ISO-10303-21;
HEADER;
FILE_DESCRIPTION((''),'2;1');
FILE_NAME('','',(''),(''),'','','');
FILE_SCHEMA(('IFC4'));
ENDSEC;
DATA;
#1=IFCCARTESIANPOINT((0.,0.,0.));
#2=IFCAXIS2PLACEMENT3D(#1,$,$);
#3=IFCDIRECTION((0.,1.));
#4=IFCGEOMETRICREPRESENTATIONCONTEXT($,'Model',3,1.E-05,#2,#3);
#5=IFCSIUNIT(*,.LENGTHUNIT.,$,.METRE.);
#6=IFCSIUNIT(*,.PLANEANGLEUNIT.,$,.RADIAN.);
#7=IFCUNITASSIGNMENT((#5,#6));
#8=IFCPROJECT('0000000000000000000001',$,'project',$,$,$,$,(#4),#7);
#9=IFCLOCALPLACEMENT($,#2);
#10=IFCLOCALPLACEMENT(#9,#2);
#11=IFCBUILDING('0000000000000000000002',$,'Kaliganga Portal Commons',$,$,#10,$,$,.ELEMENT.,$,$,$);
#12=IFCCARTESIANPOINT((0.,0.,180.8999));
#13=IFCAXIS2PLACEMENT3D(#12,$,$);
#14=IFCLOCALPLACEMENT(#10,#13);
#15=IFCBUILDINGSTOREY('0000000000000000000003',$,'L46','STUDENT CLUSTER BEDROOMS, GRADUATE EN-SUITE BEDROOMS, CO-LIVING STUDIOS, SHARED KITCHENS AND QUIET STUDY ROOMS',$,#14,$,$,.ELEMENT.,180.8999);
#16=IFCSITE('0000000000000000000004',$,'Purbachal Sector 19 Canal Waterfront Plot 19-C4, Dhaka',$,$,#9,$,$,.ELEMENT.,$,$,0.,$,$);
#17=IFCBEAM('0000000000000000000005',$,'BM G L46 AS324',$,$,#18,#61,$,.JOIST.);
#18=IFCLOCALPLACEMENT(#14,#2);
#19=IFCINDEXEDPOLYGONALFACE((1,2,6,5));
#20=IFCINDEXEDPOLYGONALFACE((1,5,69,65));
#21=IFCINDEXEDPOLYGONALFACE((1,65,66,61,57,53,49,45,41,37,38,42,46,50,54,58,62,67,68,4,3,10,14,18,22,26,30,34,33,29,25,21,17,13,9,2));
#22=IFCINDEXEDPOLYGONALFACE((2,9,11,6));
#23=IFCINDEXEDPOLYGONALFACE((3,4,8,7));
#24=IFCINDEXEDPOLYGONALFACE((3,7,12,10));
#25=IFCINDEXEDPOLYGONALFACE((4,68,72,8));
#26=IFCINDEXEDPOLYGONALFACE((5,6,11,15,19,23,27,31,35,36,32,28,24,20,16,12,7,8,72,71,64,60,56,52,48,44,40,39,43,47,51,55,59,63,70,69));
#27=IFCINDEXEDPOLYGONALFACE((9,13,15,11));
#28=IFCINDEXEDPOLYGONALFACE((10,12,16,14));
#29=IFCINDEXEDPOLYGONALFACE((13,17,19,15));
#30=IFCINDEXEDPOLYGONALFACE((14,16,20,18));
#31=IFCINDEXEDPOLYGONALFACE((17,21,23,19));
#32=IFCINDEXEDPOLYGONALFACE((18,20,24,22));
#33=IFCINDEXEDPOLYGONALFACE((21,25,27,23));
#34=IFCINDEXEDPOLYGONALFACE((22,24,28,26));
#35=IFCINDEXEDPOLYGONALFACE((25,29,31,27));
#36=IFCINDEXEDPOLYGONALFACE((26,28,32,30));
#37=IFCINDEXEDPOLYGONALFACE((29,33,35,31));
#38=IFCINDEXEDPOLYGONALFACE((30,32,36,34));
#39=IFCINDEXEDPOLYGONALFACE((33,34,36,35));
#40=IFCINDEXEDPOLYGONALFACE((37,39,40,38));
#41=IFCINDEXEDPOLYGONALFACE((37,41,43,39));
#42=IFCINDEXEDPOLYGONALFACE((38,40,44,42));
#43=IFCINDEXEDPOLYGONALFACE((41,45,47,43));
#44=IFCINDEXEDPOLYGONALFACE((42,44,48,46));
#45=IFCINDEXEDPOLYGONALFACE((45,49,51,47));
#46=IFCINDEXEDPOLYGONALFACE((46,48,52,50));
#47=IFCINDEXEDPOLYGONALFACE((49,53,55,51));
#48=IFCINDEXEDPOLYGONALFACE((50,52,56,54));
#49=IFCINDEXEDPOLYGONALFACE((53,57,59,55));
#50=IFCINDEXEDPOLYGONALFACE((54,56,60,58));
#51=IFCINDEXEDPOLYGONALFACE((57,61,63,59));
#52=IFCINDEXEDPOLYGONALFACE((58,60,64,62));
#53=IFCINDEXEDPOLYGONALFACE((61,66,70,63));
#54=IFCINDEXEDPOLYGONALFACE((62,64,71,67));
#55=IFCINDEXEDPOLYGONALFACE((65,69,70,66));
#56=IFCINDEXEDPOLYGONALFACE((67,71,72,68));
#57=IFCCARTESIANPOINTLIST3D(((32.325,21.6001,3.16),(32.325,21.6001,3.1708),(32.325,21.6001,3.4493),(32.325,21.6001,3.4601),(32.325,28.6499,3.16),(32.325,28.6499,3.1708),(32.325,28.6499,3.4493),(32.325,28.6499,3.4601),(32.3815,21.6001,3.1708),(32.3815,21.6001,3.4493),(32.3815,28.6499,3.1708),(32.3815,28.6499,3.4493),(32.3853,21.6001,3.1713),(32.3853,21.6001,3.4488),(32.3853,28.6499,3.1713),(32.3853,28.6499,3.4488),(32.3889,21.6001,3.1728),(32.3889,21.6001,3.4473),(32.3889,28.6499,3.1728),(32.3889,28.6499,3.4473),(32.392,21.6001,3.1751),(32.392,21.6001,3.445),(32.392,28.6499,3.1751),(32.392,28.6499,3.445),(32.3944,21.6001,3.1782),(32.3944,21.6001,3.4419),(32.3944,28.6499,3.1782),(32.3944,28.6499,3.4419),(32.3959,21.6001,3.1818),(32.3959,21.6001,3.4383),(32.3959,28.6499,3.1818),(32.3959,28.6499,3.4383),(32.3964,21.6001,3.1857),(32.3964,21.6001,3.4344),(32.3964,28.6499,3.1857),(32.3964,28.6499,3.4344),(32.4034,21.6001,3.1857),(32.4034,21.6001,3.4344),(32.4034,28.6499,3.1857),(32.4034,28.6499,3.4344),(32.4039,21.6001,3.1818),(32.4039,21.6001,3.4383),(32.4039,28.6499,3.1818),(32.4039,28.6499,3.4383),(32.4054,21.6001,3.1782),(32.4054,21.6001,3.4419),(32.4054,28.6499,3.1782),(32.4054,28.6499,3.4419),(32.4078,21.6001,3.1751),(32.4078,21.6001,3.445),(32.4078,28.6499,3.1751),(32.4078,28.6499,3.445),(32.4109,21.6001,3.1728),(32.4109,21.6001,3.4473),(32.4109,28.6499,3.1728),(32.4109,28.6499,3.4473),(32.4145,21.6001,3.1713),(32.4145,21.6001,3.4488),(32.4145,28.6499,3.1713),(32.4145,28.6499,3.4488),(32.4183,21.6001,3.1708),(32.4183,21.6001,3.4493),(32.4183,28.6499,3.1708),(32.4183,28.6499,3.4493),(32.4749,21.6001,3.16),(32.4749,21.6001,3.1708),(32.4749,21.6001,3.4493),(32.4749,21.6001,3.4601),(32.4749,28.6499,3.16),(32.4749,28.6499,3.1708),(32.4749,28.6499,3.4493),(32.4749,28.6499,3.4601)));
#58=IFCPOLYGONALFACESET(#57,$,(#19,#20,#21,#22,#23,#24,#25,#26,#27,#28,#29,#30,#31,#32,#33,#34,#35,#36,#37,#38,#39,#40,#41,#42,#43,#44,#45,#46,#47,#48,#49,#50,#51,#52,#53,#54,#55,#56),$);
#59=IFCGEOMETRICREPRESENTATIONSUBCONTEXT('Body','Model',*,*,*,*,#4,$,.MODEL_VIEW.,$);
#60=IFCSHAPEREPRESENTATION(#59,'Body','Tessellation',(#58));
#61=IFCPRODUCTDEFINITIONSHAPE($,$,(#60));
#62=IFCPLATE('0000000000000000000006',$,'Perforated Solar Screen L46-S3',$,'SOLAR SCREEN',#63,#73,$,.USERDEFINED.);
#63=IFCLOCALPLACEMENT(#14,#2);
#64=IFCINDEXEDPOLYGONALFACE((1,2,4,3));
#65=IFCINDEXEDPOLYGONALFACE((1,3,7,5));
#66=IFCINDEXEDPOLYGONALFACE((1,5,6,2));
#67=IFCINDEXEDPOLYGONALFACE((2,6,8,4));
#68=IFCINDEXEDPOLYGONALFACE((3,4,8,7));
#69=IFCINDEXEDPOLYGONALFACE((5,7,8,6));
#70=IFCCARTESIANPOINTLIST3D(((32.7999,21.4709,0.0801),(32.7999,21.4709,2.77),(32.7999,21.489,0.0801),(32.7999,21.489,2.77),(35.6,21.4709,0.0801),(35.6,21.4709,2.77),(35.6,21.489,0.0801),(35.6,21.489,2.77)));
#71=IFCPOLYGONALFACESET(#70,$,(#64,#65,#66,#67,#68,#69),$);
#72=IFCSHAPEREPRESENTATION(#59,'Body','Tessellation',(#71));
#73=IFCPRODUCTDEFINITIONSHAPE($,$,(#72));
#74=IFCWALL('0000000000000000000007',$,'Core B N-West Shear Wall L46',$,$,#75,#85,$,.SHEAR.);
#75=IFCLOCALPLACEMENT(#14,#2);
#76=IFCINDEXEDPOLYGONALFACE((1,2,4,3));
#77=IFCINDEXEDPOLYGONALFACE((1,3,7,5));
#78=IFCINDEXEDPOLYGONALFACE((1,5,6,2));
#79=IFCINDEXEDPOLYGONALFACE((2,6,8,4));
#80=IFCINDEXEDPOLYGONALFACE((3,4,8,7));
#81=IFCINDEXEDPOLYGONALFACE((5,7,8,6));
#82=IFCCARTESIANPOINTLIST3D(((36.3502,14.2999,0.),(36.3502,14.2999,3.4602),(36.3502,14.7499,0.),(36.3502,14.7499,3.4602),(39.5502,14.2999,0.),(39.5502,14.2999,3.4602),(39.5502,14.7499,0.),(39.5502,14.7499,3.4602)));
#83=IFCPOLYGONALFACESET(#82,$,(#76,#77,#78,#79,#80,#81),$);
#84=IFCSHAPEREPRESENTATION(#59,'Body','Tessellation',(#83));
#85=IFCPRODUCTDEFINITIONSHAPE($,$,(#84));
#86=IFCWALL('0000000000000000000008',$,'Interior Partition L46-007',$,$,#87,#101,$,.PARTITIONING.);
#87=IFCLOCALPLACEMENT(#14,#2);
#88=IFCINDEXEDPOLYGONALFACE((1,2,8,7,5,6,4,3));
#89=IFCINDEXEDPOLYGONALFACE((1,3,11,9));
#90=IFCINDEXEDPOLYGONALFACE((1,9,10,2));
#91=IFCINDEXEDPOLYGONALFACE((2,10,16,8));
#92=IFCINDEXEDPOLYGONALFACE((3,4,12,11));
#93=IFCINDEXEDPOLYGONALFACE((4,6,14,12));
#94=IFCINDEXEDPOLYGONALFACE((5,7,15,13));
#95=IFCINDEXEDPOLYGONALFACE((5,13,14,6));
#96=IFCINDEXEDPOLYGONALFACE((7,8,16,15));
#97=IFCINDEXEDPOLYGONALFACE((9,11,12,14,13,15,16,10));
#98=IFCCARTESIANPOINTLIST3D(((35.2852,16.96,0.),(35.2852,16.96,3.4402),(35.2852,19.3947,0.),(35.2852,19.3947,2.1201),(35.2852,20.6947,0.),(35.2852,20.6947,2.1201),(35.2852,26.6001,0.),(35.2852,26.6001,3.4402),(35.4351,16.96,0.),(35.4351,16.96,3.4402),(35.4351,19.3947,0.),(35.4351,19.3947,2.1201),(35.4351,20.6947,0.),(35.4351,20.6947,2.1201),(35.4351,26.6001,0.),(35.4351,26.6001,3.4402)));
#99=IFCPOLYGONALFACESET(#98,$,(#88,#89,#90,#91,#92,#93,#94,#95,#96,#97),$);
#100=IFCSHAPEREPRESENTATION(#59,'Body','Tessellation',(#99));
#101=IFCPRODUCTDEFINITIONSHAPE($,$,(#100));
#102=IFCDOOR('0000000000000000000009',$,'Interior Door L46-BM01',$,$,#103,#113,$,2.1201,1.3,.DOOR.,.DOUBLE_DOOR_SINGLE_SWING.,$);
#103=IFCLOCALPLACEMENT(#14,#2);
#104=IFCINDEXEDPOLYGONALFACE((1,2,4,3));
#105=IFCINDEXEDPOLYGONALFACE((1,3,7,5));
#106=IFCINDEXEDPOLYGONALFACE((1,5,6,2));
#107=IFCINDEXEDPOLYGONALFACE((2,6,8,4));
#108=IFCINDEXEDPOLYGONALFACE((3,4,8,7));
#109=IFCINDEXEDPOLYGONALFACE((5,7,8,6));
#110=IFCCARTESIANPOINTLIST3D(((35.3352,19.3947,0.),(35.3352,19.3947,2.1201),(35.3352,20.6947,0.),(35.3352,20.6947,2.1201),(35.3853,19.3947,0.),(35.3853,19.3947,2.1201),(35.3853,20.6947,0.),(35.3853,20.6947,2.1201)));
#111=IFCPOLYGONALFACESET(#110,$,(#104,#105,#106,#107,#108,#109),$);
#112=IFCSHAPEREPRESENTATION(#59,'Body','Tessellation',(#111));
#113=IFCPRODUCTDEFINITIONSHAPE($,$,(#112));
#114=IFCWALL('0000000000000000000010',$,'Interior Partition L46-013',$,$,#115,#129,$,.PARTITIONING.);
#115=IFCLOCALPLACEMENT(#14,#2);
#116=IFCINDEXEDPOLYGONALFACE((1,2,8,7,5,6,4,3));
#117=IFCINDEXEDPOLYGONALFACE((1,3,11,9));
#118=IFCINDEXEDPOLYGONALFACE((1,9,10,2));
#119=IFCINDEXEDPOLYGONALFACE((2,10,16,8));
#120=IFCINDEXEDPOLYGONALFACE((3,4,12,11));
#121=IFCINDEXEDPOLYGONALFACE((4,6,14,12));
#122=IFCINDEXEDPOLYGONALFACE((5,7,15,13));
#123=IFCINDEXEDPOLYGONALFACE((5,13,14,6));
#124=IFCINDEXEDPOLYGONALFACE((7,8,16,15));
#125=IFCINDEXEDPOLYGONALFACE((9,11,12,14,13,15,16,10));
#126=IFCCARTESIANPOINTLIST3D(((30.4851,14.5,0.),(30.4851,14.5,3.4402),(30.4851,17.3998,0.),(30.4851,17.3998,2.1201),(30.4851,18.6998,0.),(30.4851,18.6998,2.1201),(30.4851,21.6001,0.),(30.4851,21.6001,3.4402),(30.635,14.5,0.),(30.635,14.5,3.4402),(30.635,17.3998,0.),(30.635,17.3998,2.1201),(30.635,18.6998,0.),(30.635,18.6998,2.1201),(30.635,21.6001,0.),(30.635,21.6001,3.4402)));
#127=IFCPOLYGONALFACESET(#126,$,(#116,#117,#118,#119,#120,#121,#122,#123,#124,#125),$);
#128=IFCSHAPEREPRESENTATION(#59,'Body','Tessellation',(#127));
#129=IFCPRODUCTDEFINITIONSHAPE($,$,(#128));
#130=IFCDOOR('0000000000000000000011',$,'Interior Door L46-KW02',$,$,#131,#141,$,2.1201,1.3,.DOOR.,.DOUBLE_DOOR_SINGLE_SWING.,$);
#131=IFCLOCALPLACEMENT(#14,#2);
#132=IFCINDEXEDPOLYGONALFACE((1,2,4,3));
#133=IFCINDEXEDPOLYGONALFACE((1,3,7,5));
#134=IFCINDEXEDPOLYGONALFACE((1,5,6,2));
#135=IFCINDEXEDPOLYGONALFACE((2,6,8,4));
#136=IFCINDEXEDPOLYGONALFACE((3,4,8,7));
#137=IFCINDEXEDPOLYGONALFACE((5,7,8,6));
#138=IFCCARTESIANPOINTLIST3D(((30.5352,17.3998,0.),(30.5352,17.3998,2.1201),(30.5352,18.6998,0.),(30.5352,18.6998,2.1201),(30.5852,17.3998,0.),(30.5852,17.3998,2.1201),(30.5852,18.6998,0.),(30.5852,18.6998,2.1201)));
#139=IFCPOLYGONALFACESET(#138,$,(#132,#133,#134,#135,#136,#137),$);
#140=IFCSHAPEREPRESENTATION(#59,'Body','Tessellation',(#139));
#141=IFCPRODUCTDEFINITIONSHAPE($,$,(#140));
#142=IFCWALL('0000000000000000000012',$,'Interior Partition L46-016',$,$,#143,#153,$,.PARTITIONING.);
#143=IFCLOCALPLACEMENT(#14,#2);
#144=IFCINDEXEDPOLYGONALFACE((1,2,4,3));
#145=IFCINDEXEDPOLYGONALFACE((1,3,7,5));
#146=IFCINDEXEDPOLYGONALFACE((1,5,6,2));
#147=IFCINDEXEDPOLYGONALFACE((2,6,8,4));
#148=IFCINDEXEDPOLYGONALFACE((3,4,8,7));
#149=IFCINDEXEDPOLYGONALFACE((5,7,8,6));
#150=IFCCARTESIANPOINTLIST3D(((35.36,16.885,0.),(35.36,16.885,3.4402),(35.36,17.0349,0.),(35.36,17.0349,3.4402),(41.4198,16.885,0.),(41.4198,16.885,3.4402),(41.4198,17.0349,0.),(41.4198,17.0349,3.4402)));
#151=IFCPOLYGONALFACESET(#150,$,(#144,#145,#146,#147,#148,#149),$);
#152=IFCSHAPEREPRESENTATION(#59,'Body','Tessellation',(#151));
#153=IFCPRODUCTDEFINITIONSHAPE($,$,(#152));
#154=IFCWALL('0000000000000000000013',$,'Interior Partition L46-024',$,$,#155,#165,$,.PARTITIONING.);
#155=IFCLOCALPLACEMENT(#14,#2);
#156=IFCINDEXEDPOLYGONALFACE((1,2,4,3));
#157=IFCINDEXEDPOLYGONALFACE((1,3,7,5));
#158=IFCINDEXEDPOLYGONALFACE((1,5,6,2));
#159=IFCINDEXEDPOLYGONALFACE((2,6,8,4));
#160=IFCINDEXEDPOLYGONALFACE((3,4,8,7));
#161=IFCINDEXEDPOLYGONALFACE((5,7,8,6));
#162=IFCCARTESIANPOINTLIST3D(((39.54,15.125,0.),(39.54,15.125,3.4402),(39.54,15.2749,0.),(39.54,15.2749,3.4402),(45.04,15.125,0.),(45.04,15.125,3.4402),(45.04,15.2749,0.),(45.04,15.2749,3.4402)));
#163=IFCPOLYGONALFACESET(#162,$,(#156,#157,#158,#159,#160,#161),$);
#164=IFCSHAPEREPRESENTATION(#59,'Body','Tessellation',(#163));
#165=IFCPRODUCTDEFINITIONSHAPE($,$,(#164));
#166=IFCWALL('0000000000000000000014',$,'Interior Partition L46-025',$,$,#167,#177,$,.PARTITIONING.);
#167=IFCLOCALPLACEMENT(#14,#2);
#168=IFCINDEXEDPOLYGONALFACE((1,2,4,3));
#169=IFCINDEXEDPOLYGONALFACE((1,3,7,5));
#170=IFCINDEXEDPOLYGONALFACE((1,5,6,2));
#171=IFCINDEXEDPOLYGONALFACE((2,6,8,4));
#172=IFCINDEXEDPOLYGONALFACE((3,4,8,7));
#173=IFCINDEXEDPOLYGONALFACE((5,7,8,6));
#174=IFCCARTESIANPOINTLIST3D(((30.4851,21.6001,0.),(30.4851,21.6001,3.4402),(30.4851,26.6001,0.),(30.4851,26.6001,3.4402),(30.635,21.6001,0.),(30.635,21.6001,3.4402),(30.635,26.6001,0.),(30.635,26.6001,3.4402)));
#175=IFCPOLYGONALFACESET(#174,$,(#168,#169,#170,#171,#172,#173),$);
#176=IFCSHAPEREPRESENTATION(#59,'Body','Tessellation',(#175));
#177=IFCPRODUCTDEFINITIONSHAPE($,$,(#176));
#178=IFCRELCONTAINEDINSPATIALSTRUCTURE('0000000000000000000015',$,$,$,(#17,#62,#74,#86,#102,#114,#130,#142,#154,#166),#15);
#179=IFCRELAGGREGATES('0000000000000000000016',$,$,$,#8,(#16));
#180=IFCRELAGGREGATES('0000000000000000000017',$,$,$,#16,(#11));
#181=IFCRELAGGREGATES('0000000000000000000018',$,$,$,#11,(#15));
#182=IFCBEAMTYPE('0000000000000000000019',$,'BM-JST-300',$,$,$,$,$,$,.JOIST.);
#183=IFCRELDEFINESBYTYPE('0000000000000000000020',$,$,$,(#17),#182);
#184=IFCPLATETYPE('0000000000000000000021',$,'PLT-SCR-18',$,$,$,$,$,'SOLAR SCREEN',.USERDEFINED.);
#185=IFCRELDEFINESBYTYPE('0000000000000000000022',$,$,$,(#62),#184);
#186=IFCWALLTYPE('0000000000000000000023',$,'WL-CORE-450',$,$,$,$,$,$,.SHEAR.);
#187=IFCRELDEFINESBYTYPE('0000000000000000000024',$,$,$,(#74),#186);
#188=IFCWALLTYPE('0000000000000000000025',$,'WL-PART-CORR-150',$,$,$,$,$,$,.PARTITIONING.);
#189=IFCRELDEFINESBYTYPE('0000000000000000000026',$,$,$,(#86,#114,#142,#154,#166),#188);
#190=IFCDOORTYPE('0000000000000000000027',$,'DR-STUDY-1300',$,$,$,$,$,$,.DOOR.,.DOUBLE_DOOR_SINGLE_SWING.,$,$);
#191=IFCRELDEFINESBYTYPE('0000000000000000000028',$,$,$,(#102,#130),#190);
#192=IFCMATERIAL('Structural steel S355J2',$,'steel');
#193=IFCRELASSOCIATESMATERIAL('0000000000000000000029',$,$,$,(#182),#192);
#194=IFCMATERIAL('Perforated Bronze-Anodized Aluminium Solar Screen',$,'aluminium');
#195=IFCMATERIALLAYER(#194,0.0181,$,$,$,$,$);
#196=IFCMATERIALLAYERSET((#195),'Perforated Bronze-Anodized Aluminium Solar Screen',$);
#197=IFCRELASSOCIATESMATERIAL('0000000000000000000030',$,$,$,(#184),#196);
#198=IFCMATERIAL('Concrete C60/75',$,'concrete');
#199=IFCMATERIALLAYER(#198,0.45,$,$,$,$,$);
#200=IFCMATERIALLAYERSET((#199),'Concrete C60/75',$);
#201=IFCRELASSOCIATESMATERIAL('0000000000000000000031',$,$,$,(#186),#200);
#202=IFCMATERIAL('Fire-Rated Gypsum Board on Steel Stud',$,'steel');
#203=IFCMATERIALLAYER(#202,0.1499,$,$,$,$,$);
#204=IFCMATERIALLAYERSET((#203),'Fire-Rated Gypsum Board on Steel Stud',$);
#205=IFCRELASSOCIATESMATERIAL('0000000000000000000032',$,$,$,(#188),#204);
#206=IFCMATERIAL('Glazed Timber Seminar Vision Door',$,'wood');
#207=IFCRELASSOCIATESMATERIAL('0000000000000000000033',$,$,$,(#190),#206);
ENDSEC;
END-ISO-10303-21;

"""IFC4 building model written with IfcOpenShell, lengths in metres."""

from ifc_helpers import new_model, si_unit, direction, frame, frame_2d, origin, origin_2d, place, context, subcontext, project, spatial, rectangle, i_section, extrude, source, transform, mapped, material, layer, layer_set, material_profile, profile_set, type_object, element, fill, save


model = new_model("IFC4")

# Units and contexts
model_context = context("Model", 3, precision=1e-05, world=origin(), true_north=direction((0.0, 1.0)))
body_context = subcontext(model_context, "Body", "Model", "MODEL_VIEW")
ifc_project = project(units=[si_unit("LENGTHUNIT", "METRE"), si_unit("PLANEANGLEUNIT", "RADIAN")], contexts=[model_context])

# Site, building, storey
site_placement = place(None, origin())
site = spatial("IfcSite", under=ifc_project, at=site_placement, Name="Purbachal Sector 19 Canal Waterfront Plot 19-C4, Dhaka", CompositionType="ELEMENT", RefElevation=0.0)
building_placement = place(site_placement, origin())
building = spatial("IfcBuilding", under=site, at=building_placement, Name="Kaliganga Portal Commons", CompositionType="ELEMENT")
storey_placement = place(building_placement, frame((0.0, 0.0, 180.8999)))
storey = spatial("IfcBuildingStorey", under=building, at=storey_placement, Name="L46", Description="STUDENT CLUSTER BEDROOMS, GRADUATE EN-SUITE BEDROOMS, CO-LIVING STUDIOS, SHARED KITCHENS AND QUIET STUDY ROOMS", CompositionType="ELEMENT", Elevation=180.8999)

# Shared definitions
ifc_material_1 = material(Name="Concrete C60/75", Category="concrete")

# Beam
ifc_material_2 = material(Name="Structural steel S355J2", Category="steel")
ifc_material_profile_1 = material_profile(ifc_material_2, i_section(OverallWidth=0.1499, OverallDepth=0.3, WebThickness=0.0071, FlangeThickness=0.0107, FilletRadius=0.0149, at=origin_2d()), Name="IPE 300")
ifc_profile_set_1 = profile_set([ifc_material_profile_1], Name="Structural steel S355J2 wide-flange")
beam_type_1 = type_object("IfcBeamType", Name="BM-JST-300", PredefinedType="JOIST", material=ifc_profile_set_1)
shared_shape_1 = source(origin(), body_context, "Body", "SweptSolid", [
    extrude(i_section(OverallWidth=0.1499, OverallDepth=0.3, WebThickness=0.0071, FlangeThickness=0.0107, FilletRadius=0.0149, at=origin_2d()), origin(), (0.0, 0.0, 1.0), 7.0498),
])
beam_1_placement = place(storey_placement, frame((32.3999, 21.6001, 3.3101), z_axis=(0.0, 1.0, 0.0), x_axis=(-1.0, 0.0, 0.0)))
element("IfcBeam", 1, at=beam_1_placement, inside=storey, type_object=beam_type_1, Name="BM G L46 AS324", PredefinedType="JOIST", context=body_context, shape_type="MappedRepresentation", body=[
    mapped(shared_shape_1, transform((0.0, 0.0, 0.0), x_axis=(1.0, 0.0, 0.0), y_axis=(0.0, 1.0, 0.0), z_axis=(0.0, 0.0, 1.0), scale=1.0)),
])

# Plate
ifc_material_3 = material(Name="Perforated Bronze-Anodized Aluminium Solar Screen", Category="aluminium")
ifc_layer_1 = layer(ifc_material_3, 0.0181)
ifc_layer_set_1 = layer_set([ifc_layer_1], Name="Perforated Bronze-Anodized Aluminium Solar Screen")
plate_type = type_object("IfcPlateType", Name="PLT-SCR-18", ElementType="SOLAR SCREEN", PredefinedType="USERDEFINED", material=ifc_layer_set_1)
shared_shape_2 = source(origin(), body_context, "Body", "SweptSolid", [
    extrude(rectangle(XDim=2.8, YDim=0.0181, at=origin_2d()), origin(), (0.0, 0.0, 1.0), 2.6899),
])
plate_placement = place(storey_placement, frame((34.2, 21.48, 0.0801), z_axis=(0.0, 0.0, 1.0), x_axis=(1.0, 0.0, 0.0)))
element("IfcPlate", 2, at=plate_placement, inside=storey, type_object=plate_type, Name="Perforated Solar Screen L46-S3", ObjectType="SOLAR SCREEN", PredefinedType="USERDEFINED", context=body_context, shape_type="MappedRepresentation", body=[
    mapped(shared_shape_2, transform((0.0, 0.0, 0.0), x_axis=(1.0, 0.0, 0.0), y_axis=(0.0, 1.0, 0.0), z_axis=(0.0, 0.0, 1.0), scale=1.0)),
])

# Wall
ifc_layer_2 = layer(ifc_material_1, 0.45)
ifc_layer_set_2 = layer_set([ifc_layer_2], Name="Concrete C60/75")
wall_type_1 = type_object("IfcWallType", Name="WL-CORE-450", PredefinedType="SHEAR", material=ifc_layer_set_2)
wall_1_placement = place(storey_placement, frame((36.3501, 14.5249, 0.0), z_axis=(0.0, 0.0, 1.0), x_axis=(1.0, 0.0, 0.0)))
element("IfcWall", 3, at=wall_1_placement, inside=storey, type_object=wall_type_1, Name="Core B N-West Shear Wall L46", PredefinedType="SHEAR", context=body_context, shape_type="SweptSolid", body=[
    extrude(rectangle(XDim=3.2, YDim=0.45, at=frame_2d((1.6001, 0.0))), origin(), (0.0, 0.0, 1.0), 3.4602),
])

# Walls, openings, doors
ifc_material_4 = material(Name="Fire-Rated Gypsum Board on Steel Stud", Category="steel")
ifc_layer_3 = layer(ifc_material_4, 0.1499)
ifc_layer_set_3 = layer_set([ifc_layer_3], Name="Fire-Rated Gypsum Board on Steel Stud")
wall_type_2 = type_object("IfcWallType", Name="WL-PART-CORR-150", PredefinedType="PARTITIONING", material=ifc_layer_set_3)
wall_2_placement = place(storey_placement, frame((35.3601, 16.96, 0.0), z_axis=(0.0, 0.0, 1.0), x_axis=(0.0, 1.0, 0.0)))
wall_2 = element("IfcWall", 4, at=wall_2_placement, inside=storey, type_object=wall_type_2, Name="Interior Partition L46-007", PredefinedType="PARTITIONING", context=body_context, shape_type="SweptSolid", body=[
    extrude(rectangle(XDim=9.6401, YDim=0.1499, at=frame_2d((4.8201, 0.0))), origin(), (0.0, 0.0, 1.0), 3.4402),
])
opening_1_placement = place(wall_2_placement, frame((2.4348, 0.0, 0.0)))
opening_1 = element("IfcOpeningElement", 5, at=opening_1_placement, cuts=wall_2, PredefinedType="OPENING", context=body_context, shape_type="SweptSolid", body=[
    extrude(rectangle(XDim=1.3, YDim=2.1201, at=frame_2d((0.6499, 1.0601))), frame((0.0, 0.085, 0.0), z_axis=(0.0, -1.0, 0.0), x_axis=(1.0, 0.0, 0.0)), (0.0, 0.0, 1.0), 0.1699),
])
ifc_material_5 = material(Name="Glazed Timber Seminar Vision Door", Category="wood")
door_type = type_object("IfcDoorType", Name="DR-STUDY-1300", OperationType="DOUBLE_DOOR_SINGLE_SWING", PredefinedType="DOOR", material=ifc_material_5)
door_1_placement = place(opening_1_placement, origin())
door_1 = element("IfcDoor", 6, at=door_1_placement, inside=storey, type_object=door_type, Name="Interior Door L46-BM01", OperationType="DOUBLE_DOOR_SINGLE_SWING", OverallHeight=2.1201, OverallWidth=1.3, PredefinedType="DOOR", context=body_context, shape_type="SweptSolid", body=[
    extrude(rectangle(XDim=1.3, YDim=2.1201, at=frame_2d((0.6499, 1.0601))), frame((0.0, 0.0249, 0.0), z_axis=(0.0, -1.0, 0.0), x_axis=(1.0, 0.0, 0.0)), (0.0, 0.0, 1.0), 0.05),
])
fill(opening_1, door_1)
wall_3_placement = place(storey_placement, frame((30.5601, 14.5, 0.0), z_axis=(0.0, 0.0, 1.0), x_axis=(0.0, 1.0, 0.0)))
wall_3 = element("IfcWall", 7, at=wall_3_placement, inside=storey, type_object=wall_type_2, Name="Interior Partition L46-013", PredefinedType="PARTITIONING", context=body_context, shape_type="SweptSolid", body=[
    extrude(rectangle(XDim=7.1001, YDim=0.1499, at=frame_2d((3.55, 0.0))), origin(), (0.0, 0.0, 1.0), 3.4402),
])
opening_2_placement = place(wall_3_placement, frame((2.8999, 0.0, 0.0)))
opening_2 = element("IfcOpeningElement", 8, at=opening_2_placement, cuts=wall_3, PredefinedType="OPENING", context=body_context, shape_type="SweptSolid", body=[
    extrude(rectangle(XDim=1.3, YDim=2.1201, at=frame_2d((0.6499, 1.0601))), frame((0.0, 0.085, 0.0), z_axis=(0.0, -1.0, 0.0), x_axis=(1.0, 0.0, 0.0)), (0.0, 0.0, 1.0), 0.1699),
])
door_2_placement = place(opening_2_placement, origin())
door_2 = element("IfcDoor", 9, at=door_2_placement, inside=storey, type_object=door_type, Name="Interior Door L46-KW02", OperationType="DOUBLE_DOOR_SINGLE_SWING", OverallHeight=2.1201, OverallWidth=1.3, PredefinedType="DOOR", context=body_context, shape_type="SweptSolid", body=[
    extrude(rectangle(XDim=1.3, YDim=2.1201, at=frame_2d((0.6499, 1.0601))), frame((0.0, 0.0249, 0.0), z_axis=(0.0, -1.0, 0.0), x_axis=(1.0, 0.0, 0.0)), (0.0, 0.0, 1.0), 0.05),
])
fill(opening_2, door_2)

# Walls
wall_4_placement = place(storey_placement, frame((35.3601, 16.96, 0.0), z_axis=(0.0, 0.0, 1.0), x_axis=(1.0, 0.0, 0.0)))
element("IfcWall", 10, at=wall_4_placement, inside=storey, type_object=wall_type_2, Name="Interior Partition L46-016", PredefinedType="PARTITIONING", context=body_context, shape_type="SweptSolid", body=[
    extrude(rectangle(XDim=6.0598, YDim=0.1499, at=frame_2d((3.0298, 0.0))), origin(), (0.0, 0.0, 1.0), 3.4402),
])
wall_5_placement = place(storey_placement, frame((39.54, 15.2, 0.0), z_axis=(0.0, 0.0, 1.0), x_axis=(1.0, 0.0, 0.0)))
element("IfcWall", 11, at=wall_5_placement, inside=storey, type_object=wall_type_2, Name="Interior Partition L46-024", PredefinedType="PARTITIONING", context=body_context, shape_type="SweptSolid", body=[
    extrude(rectangle(XDim=5.5, YDim=0.1499, at=frame_2d((2.75, 0.0))), origin(), (0.0, 0.0, 1.0), 3.4402),
])
wall_6_placement = place(storey_placement, frame((30.5601, 21.6001, 0.0), z_axis=(0.0, 0.0, 1.0), x_axis=(0.0, 1.0, 0.0)))
element("IfcWall", 12, at=wall_6_placement, inside=storey, type_object=wall_type_2, Name="Interior Partition L46-025", PredefinedType="PARTITIONING", context=body_context, shape_type="SweptSolid", body=[
    extrude(rectangle(XDim=5.0, YDim=0.1499, at=frame_2d((2.5, 0.0))), origin(), (0.0, 0.0, 1.0), 3.4402),
])

save(model, "model.ifc")
